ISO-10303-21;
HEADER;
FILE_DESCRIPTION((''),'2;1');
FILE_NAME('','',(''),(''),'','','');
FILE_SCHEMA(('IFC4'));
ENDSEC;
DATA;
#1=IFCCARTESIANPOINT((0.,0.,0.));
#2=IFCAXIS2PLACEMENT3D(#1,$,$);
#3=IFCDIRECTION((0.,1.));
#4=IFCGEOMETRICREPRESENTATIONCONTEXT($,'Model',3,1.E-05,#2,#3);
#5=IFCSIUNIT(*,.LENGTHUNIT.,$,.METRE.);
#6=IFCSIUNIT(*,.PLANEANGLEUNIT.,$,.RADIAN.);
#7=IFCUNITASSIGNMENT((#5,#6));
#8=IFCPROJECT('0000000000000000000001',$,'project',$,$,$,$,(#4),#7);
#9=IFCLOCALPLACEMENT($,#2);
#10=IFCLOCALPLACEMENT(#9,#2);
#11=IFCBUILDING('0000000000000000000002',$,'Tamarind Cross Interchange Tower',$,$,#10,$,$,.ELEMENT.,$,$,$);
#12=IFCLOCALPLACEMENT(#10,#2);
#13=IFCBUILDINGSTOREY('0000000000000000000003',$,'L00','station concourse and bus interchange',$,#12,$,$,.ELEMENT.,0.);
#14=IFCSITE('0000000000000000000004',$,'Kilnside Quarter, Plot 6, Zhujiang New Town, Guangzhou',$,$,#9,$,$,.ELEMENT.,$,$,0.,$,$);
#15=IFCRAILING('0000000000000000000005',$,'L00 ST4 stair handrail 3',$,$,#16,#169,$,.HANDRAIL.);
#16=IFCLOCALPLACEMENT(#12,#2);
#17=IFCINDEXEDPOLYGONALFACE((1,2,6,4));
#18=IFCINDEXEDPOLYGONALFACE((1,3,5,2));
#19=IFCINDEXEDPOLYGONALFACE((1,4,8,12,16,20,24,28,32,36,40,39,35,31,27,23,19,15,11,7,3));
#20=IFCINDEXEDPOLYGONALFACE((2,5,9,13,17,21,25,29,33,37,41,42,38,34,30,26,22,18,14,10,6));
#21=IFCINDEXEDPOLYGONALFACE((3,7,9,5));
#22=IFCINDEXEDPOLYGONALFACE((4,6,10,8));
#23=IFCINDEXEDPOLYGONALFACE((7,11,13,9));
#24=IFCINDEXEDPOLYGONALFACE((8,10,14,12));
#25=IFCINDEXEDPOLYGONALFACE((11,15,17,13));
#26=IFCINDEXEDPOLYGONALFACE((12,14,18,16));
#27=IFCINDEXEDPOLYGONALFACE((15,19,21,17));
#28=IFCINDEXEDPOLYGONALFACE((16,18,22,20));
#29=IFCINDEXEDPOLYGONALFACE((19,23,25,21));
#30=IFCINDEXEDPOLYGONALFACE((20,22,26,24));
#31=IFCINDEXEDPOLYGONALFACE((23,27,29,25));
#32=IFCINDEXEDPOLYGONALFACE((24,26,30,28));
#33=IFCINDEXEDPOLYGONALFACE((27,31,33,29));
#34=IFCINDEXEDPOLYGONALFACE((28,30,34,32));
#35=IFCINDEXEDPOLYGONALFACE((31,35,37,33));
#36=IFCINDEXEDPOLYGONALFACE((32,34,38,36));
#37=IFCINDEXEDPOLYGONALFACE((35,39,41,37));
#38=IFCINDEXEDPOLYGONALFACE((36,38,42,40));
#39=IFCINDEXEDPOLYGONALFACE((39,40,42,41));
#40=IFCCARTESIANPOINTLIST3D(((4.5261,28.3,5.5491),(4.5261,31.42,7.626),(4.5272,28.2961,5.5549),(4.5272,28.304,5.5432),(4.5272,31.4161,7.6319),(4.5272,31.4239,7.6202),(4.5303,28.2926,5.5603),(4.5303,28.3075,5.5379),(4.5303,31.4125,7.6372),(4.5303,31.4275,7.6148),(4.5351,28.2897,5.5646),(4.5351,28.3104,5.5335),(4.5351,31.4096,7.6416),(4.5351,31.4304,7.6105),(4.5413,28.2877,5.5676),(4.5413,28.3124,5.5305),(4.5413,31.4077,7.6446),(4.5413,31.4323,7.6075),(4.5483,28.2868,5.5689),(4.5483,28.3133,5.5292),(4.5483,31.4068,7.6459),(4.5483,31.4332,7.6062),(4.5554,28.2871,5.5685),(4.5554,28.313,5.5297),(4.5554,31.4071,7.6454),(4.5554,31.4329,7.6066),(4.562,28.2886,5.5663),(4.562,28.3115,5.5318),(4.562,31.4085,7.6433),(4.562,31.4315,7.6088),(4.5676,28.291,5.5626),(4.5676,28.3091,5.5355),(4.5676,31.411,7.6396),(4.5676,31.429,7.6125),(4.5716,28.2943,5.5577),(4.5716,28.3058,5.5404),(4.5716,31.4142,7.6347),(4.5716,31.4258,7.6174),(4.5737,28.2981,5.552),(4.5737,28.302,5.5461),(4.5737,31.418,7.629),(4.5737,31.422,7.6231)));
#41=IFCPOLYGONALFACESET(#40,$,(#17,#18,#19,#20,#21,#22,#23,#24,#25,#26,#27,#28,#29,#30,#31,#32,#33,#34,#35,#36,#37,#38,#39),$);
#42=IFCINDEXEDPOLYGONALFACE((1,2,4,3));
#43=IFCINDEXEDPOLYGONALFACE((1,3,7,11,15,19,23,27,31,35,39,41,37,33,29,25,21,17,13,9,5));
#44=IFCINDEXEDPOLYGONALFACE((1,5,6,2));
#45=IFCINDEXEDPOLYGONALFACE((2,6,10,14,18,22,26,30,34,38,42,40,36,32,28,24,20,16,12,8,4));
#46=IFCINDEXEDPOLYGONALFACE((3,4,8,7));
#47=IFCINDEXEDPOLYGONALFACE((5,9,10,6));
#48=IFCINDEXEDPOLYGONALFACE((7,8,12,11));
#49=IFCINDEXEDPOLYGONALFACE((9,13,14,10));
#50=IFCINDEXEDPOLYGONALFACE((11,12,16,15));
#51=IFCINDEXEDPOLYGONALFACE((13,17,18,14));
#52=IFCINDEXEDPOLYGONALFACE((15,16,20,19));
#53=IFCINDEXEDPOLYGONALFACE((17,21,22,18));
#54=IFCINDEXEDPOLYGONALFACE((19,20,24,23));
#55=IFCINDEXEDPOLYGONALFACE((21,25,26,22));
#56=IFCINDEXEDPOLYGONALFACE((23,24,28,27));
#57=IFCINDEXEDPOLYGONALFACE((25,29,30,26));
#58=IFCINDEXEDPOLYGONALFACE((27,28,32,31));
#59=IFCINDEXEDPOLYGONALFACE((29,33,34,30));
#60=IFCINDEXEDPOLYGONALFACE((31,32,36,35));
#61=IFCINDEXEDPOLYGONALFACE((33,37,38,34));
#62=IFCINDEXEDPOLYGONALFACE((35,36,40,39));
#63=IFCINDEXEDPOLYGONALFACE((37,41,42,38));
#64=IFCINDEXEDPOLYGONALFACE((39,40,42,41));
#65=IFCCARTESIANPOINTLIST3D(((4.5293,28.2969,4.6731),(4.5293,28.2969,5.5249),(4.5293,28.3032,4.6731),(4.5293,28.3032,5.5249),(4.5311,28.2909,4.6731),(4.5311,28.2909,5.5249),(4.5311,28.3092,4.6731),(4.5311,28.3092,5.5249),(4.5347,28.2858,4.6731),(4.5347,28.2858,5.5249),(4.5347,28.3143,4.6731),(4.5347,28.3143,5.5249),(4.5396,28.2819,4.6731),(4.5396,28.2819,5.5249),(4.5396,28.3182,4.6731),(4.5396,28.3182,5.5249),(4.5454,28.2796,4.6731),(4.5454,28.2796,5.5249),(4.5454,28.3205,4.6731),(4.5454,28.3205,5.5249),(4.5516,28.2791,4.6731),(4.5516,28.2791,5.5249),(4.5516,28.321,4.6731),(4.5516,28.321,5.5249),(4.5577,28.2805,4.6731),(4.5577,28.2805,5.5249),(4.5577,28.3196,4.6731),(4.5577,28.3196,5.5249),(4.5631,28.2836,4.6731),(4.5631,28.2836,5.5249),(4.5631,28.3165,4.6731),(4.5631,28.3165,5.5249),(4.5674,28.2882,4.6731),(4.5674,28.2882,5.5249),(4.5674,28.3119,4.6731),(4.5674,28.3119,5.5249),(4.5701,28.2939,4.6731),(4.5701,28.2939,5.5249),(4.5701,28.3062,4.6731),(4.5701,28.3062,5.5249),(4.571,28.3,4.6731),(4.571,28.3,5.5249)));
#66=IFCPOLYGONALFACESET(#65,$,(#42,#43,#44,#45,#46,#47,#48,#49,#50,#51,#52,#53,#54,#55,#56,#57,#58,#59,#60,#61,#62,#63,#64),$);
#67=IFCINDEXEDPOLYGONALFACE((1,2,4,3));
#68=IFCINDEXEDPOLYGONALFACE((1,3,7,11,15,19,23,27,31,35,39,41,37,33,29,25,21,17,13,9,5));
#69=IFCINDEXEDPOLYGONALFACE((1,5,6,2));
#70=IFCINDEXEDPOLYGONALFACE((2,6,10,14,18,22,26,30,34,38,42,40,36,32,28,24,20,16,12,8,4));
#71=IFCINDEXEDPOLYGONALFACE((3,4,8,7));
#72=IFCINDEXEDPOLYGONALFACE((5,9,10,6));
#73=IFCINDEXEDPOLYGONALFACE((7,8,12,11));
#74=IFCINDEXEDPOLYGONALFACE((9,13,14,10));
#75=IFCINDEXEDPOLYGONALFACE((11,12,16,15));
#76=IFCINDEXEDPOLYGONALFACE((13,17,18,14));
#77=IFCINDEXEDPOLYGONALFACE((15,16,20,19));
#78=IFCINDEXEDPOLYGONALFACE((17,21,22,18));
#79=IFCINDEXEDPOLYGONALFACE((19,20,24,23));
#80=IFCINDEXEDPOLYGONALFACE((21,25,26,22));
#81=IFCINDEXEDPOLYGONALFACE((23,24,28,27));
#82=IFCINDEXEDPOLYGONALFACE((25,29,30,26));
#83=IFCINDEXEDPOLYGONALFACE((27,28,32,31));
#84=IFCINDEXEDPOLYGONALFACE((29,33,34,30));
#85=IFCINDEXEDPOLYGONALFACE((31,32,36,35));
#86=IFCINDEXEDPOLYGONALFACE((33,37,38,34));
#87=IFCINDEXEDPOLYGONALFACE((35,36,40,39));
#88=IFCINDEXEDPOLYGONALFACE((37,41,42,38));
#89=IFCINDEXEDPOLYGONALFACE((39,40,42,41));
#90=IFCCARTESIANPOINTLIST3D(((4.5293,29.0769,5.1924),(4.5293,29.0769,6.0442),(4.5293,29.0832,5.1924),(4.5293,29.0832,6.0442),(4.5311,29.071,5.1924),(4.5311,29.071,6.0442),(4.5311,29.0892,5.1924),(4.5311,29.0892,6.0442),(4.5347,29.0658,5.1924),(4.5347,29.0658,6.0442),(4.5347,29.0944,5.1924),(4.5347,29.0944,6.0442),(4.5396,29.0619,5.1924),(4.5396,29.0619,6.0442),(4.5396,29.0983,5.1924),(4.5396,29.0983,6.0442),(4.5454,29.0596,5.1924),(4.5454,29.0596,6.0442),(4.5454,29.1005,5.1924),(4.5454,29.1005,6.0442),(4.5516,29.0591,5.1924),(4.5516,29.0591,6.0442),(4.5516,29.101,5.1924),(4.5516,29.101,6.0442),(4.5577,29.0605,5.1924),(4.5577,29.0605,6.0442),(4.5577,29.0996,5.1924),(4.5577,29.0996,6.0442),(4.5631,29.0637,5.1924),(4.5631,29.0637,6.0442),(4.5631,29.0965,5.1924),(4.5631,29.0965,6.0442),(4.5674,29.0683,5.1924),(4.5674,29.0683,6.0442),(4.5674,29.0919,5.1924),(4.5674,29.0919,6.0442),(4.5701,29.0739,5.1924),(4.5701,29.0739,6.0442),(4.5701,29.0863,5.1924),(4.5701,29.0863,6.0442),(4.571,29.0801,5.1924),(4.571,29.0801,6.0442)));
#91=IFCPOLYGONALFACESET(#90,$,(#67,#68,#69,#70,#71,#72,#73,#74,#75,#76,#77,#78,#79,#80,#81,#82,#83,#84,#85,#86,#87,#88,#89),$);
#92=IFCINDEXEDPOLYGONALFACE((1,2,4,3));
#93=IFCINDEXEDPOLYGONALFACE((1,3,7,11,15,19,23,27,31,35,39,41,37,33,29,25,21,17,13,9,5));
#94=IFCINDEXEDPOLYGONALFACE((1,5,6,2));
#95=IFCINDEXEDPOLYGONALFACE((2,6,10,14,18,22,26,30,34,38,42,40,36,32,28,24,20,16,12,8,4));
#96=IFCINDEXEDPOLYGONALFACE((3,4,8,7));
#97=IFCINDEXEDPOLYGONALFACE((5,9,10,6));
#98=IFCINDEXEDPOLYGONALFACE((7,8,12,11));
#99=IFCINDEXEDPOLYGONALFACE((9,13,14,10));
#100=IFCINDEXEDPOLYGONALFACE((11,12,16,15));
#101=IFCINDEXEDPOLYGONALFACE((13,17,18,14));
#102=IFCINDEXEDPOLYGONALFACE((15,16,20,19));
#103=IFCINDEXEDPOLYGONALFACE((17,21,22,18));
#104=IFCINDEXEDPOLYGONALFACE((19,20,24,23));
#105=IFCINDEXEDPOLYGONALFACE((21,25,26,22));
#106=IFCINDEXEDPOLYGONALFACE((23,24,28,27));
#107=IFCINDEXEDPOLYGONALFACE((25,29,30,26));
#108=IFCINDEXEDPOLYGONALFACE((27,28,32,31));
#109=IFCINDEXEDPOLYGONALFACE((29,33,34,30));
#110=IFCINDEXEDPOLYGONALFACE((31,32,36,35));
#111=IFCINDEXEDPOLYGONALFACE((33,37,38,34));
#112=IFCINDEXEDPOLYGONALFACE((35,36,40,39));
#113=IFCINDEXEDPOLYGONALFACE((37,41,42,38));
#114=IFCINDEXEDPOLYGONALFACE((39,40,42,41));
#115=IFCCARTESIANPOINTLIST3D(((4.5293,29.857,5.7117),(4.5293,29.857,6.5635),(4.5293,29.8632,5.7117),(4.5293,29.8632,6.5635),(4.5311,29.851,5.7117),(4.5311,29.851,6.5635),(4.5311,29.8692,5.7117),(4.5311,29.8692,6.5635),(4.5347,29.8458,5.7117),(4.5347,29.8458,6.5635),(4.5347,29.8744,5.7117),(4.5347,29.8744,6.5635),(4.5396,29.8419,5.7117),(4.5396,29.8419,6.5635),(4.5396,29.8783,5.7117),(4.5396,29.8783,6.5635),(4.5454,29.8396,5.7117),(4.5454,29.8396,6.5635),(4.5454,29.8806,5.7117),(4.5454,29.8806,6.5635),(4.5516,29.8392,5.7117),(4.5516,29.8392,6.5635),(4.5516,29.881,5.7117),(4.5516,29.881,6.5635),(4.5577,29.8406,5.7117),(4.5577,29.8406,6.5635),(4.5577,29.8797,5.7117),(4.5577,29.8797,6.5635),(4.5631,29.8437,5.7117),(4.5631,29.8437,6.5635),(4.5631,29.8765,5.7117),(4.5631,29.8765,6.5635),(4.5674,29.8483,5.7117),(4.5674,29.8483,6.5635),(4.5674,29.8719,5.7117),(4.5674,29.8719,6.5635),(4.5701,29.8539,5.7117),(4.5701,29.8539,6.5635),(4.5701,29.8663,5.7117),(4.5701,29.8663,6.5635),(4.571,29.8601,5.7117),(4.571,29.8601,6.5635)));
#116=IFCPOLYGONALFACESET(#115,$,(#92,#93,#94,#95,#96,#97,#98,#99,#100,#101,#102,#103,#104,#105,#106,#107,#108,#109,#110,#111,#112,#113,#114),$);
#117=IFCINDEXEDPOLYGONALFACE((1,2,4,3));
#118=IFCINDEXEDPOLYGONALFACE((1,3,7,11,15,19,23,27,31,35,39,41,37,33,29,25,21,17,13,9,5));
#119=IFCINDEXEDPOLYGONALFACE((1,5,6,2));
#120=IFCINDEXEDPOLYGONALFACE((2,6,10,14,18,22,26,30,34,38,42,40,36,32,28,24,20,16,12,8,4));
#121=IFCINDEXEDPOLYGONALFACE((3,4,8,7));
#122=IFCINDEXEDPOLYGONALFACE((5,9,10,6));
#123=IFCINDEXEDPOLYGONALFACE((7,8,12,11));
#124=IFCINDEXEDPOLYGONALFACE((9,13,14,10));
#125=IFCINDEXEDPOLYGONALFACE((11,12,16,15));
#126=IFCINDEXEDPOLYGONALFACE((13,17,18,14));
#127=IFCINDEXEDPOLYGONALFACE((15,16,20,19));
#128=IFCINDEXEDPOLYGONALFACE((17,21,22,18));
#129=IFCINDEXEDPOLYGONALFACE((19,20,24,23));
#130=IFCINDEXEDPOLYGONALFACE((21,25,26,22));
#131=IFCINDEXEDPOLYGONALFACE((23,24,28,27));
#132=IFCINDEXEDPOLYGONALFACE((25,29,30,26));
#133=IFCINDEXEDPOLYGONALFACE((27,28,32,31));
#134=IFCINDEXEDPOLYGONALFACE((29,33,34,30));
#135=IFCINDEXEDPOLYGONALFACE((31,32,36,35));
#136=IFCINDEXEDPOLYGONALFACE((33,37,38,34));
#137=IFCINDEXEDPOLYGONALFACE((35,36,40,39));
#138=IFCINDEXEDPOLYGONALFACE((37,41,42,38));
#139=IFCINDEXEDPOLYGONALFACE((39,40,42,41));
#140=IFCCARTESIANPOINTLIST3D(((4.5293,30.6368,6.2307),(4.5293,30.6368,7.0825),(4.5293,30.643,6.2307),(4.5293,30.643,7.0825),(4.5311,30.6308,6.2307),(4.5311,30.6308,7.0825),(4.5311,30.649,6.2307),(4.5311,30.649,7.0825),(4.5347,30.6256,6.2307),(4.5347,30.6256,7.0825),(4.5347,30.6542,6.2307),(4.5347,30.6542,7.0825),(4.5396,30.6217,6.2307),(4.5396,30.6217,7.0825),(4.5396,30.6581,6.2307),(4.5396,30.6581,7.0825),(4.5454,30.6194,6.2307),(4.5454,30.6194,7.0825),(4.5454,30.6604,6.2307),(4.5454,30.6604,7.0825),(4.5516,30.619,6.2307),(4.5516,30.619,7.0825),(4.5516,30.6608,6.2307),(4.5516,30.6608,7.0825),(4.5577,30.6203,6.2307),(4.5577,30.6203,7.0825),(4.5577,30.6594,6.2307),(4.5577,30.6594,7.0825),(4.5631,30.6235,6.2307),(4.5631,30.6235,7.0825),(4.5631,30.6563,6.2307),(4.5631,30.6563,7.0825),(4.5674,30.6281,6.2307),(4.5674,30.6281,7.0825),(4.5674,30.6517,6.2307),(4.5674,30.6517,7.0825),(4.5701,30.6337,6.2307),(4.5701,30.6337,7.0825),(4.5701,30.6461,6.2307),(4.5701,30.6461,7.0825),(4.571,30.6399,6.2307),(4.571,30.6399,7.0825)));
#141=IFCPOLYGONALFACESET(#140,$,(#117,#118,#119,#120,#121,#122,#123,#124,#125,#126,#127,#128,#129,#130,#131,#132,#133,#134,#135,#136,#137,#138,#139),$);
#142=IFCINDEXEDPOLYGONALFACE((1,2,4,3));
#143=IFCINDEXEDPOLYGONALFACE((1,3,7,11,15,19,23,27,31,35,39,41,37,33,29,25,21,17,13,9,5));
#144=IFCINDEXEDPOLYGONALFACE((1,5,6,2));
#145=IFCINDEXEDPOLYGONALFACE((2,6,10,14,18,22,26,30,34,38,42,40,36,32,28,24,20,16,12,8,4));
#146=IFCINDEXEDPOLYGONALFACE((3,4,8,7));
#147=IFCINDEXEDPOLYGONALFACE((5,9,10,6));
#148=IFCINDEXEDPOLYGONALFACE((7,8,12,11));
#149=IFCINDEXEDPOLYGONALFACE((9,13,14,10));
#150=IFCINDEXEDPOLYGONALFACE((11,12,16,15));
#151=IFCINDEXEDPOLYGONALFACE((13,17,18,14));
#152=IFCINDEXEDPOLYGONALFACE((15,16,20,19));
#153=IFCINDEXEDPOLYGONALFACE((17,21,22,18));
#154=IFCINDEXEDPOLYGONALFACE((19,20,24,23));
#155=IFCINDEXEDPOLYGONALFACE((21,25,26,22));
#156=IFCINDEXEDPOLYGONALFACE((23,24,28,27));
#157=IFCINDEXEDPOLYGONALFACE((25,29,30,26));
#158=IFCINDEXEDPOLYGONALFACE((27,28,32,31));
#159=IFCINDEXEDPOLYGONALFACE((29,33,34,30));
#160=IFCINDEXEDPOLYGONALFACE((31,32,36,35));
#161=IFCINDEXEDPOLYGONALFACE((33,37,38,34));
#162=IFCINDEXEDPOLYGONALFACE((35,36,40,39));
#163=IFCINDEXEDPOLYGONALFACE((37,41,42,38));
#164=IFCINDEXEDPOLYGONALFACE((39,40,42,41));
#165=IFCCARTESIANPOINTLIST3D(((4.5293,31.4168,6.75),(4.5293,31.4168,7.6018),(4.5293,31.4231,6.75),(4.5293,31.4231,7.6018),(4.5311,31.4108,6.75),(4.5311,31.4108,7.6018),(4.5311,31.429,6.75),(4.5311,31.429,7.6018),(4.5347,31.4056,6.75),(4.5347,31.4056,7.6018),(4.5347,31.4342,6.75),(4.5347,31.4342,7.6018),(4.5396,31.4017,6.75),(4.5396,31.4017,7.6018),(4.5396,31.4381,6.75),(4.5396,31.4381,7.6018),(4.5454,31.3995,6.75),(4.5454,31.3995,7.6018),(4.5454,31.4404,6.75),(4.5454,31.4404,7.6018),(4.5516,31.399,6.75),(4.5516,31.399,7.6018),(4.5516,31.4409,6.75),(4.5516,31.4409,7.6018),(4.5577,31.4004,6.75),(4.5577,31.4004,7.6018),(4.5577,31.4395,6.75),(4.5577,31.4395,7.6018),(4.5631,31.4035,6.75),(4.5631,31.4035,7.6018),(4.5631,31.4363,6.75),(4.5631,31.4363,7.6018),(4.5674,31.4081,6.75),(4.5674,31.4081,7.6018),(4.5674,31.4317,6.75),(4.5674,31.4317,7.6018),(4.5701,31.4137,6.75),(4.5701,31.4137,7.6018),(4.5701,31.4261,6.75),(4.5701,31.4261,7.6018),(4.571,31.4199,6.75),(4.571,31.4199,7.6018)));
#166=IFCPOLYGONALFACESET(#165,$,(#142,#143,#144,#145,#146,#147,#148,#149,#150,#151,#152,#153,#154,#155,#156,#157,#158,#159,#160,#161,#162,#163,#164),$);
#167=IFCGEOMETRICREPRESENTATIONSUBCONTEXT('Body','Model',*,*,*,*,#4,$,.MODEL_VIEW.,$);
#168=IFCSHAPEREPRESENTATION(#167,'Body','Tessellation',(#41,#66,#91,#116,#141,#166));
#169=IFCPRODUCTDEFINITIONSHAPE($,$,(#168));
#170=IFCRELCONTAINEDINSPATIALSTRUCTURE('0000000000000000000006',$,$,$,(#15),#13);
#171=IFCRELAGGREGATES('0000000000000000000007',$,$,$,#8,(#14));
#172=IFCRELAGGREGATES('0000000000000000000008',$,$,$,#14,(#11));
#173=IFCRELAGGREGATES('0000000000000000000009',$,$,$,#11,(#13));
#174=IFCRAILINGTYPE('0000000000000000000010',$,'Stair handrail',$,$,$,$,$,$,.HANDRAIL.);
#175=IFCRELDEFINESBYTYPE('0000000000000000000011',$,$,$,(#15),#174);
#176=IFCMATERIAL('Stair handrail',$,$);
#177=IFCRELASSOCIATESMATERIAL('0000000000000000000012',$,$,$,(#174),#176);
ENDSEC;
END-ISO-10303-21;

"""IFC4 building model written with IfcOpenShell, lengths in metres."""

from ifc_helpers import new_model, si_unit, direction, frame, origin, origin_2d, place, context, subcontext, project, spatial, circle, extrude, material, type_object, element, save


model = new_model("IFC4")

# Units and contexts
model_context = context("Model", 3, precision=1e-05, world=origin(), true_north=direction((0.0, 1.0)))
body_context = subcontext(model_context, "Body", "Model", "MODEL_VIEW")
ifc_project = project(units=[si_unit("LENGTHUNIT", "METRE"), si_unit("PLANEANGLEUNIT", "RADIAN")], contexts=[model_context])

# Site, building, storey
site_placement = place(None, origin())
site = spatial("IfcSite", under=ifc_project, at=site_placement, Name="Kilnside Quarter, Plot 6, Zhujiang New Town, Guangzhou", CompositionType="ELEMENT", RefElevation=0.0)
building_placement = place(site_placement, origin())
building = spatial("IfcBuilding", under=site, at=building_placement, Name="Tamarind Cross Interchange Tower", CompositionType="ELEMENT")
storey_placement = place(building_placement, origin())
storey = spatial("IfcBuildingStorey", under=building, at=storey_placement, Name="L00", Description="station concourse and bus interchange", CompositionType="ELEMENT", Elevation=0.0)

# Railing
ifc_material_1 = material(Name="Stair handrail")
railing_type_1 = type_object("IfcRailingType", Name="Stair handrail", PredefinedType="HANDRAIL", material=ifc_material_1)
railing_1_placement = place(storey_placement, frame((4.55, 28.3, 4.6731)))
element("IfcRailing", 1, at=railing_1_placement, inside=storey, type_object=railing_type_1, Name="L00 ST4 stair handrail 3", PredefinedType="HANDRAIL", context=body_context, shape_type="SweptSolid", body=[
    extrude(circle(Radius=0.0239, at=origin_2d()), frame((0.0, 0.0, 0.876), z_axis=(0.0, 0.832421, 0.554144), x_axis=(-1.0, 0.0, 0.0)), (0.0, 0.0, 1.0), 3.748),
    extrude(circle(Radius=0.021, at=origin_2d()), origin(), (0.0, 0.0, 1.0), 0.8518),
    extrude(circle(Radius=0.021, at=origin_2d()), frame((0.0, 0.78, 0.5193)), (0.0, 0.0, 1.0), 0.8518),
    extrude(circle(Radius=0.021, at=origin_2d()), frame((0.0, 1.5601, 1.0386)), (0.0, 0.0, 1.0), 0.8518),
    extrude(circle(Radius=0.021, at=origin_2d()), frame((0.0, 2.3398, 1.5576)), (0.0, 0.0, 1.0), 0.8518),
    extrude(circle(Radius=0.021, at=origin_2d()), frame((0.0, 3.1199, 2.0769)), (0.0, 0.0, 1.0), 0.8518),
])

save(model, "model.ifc")
